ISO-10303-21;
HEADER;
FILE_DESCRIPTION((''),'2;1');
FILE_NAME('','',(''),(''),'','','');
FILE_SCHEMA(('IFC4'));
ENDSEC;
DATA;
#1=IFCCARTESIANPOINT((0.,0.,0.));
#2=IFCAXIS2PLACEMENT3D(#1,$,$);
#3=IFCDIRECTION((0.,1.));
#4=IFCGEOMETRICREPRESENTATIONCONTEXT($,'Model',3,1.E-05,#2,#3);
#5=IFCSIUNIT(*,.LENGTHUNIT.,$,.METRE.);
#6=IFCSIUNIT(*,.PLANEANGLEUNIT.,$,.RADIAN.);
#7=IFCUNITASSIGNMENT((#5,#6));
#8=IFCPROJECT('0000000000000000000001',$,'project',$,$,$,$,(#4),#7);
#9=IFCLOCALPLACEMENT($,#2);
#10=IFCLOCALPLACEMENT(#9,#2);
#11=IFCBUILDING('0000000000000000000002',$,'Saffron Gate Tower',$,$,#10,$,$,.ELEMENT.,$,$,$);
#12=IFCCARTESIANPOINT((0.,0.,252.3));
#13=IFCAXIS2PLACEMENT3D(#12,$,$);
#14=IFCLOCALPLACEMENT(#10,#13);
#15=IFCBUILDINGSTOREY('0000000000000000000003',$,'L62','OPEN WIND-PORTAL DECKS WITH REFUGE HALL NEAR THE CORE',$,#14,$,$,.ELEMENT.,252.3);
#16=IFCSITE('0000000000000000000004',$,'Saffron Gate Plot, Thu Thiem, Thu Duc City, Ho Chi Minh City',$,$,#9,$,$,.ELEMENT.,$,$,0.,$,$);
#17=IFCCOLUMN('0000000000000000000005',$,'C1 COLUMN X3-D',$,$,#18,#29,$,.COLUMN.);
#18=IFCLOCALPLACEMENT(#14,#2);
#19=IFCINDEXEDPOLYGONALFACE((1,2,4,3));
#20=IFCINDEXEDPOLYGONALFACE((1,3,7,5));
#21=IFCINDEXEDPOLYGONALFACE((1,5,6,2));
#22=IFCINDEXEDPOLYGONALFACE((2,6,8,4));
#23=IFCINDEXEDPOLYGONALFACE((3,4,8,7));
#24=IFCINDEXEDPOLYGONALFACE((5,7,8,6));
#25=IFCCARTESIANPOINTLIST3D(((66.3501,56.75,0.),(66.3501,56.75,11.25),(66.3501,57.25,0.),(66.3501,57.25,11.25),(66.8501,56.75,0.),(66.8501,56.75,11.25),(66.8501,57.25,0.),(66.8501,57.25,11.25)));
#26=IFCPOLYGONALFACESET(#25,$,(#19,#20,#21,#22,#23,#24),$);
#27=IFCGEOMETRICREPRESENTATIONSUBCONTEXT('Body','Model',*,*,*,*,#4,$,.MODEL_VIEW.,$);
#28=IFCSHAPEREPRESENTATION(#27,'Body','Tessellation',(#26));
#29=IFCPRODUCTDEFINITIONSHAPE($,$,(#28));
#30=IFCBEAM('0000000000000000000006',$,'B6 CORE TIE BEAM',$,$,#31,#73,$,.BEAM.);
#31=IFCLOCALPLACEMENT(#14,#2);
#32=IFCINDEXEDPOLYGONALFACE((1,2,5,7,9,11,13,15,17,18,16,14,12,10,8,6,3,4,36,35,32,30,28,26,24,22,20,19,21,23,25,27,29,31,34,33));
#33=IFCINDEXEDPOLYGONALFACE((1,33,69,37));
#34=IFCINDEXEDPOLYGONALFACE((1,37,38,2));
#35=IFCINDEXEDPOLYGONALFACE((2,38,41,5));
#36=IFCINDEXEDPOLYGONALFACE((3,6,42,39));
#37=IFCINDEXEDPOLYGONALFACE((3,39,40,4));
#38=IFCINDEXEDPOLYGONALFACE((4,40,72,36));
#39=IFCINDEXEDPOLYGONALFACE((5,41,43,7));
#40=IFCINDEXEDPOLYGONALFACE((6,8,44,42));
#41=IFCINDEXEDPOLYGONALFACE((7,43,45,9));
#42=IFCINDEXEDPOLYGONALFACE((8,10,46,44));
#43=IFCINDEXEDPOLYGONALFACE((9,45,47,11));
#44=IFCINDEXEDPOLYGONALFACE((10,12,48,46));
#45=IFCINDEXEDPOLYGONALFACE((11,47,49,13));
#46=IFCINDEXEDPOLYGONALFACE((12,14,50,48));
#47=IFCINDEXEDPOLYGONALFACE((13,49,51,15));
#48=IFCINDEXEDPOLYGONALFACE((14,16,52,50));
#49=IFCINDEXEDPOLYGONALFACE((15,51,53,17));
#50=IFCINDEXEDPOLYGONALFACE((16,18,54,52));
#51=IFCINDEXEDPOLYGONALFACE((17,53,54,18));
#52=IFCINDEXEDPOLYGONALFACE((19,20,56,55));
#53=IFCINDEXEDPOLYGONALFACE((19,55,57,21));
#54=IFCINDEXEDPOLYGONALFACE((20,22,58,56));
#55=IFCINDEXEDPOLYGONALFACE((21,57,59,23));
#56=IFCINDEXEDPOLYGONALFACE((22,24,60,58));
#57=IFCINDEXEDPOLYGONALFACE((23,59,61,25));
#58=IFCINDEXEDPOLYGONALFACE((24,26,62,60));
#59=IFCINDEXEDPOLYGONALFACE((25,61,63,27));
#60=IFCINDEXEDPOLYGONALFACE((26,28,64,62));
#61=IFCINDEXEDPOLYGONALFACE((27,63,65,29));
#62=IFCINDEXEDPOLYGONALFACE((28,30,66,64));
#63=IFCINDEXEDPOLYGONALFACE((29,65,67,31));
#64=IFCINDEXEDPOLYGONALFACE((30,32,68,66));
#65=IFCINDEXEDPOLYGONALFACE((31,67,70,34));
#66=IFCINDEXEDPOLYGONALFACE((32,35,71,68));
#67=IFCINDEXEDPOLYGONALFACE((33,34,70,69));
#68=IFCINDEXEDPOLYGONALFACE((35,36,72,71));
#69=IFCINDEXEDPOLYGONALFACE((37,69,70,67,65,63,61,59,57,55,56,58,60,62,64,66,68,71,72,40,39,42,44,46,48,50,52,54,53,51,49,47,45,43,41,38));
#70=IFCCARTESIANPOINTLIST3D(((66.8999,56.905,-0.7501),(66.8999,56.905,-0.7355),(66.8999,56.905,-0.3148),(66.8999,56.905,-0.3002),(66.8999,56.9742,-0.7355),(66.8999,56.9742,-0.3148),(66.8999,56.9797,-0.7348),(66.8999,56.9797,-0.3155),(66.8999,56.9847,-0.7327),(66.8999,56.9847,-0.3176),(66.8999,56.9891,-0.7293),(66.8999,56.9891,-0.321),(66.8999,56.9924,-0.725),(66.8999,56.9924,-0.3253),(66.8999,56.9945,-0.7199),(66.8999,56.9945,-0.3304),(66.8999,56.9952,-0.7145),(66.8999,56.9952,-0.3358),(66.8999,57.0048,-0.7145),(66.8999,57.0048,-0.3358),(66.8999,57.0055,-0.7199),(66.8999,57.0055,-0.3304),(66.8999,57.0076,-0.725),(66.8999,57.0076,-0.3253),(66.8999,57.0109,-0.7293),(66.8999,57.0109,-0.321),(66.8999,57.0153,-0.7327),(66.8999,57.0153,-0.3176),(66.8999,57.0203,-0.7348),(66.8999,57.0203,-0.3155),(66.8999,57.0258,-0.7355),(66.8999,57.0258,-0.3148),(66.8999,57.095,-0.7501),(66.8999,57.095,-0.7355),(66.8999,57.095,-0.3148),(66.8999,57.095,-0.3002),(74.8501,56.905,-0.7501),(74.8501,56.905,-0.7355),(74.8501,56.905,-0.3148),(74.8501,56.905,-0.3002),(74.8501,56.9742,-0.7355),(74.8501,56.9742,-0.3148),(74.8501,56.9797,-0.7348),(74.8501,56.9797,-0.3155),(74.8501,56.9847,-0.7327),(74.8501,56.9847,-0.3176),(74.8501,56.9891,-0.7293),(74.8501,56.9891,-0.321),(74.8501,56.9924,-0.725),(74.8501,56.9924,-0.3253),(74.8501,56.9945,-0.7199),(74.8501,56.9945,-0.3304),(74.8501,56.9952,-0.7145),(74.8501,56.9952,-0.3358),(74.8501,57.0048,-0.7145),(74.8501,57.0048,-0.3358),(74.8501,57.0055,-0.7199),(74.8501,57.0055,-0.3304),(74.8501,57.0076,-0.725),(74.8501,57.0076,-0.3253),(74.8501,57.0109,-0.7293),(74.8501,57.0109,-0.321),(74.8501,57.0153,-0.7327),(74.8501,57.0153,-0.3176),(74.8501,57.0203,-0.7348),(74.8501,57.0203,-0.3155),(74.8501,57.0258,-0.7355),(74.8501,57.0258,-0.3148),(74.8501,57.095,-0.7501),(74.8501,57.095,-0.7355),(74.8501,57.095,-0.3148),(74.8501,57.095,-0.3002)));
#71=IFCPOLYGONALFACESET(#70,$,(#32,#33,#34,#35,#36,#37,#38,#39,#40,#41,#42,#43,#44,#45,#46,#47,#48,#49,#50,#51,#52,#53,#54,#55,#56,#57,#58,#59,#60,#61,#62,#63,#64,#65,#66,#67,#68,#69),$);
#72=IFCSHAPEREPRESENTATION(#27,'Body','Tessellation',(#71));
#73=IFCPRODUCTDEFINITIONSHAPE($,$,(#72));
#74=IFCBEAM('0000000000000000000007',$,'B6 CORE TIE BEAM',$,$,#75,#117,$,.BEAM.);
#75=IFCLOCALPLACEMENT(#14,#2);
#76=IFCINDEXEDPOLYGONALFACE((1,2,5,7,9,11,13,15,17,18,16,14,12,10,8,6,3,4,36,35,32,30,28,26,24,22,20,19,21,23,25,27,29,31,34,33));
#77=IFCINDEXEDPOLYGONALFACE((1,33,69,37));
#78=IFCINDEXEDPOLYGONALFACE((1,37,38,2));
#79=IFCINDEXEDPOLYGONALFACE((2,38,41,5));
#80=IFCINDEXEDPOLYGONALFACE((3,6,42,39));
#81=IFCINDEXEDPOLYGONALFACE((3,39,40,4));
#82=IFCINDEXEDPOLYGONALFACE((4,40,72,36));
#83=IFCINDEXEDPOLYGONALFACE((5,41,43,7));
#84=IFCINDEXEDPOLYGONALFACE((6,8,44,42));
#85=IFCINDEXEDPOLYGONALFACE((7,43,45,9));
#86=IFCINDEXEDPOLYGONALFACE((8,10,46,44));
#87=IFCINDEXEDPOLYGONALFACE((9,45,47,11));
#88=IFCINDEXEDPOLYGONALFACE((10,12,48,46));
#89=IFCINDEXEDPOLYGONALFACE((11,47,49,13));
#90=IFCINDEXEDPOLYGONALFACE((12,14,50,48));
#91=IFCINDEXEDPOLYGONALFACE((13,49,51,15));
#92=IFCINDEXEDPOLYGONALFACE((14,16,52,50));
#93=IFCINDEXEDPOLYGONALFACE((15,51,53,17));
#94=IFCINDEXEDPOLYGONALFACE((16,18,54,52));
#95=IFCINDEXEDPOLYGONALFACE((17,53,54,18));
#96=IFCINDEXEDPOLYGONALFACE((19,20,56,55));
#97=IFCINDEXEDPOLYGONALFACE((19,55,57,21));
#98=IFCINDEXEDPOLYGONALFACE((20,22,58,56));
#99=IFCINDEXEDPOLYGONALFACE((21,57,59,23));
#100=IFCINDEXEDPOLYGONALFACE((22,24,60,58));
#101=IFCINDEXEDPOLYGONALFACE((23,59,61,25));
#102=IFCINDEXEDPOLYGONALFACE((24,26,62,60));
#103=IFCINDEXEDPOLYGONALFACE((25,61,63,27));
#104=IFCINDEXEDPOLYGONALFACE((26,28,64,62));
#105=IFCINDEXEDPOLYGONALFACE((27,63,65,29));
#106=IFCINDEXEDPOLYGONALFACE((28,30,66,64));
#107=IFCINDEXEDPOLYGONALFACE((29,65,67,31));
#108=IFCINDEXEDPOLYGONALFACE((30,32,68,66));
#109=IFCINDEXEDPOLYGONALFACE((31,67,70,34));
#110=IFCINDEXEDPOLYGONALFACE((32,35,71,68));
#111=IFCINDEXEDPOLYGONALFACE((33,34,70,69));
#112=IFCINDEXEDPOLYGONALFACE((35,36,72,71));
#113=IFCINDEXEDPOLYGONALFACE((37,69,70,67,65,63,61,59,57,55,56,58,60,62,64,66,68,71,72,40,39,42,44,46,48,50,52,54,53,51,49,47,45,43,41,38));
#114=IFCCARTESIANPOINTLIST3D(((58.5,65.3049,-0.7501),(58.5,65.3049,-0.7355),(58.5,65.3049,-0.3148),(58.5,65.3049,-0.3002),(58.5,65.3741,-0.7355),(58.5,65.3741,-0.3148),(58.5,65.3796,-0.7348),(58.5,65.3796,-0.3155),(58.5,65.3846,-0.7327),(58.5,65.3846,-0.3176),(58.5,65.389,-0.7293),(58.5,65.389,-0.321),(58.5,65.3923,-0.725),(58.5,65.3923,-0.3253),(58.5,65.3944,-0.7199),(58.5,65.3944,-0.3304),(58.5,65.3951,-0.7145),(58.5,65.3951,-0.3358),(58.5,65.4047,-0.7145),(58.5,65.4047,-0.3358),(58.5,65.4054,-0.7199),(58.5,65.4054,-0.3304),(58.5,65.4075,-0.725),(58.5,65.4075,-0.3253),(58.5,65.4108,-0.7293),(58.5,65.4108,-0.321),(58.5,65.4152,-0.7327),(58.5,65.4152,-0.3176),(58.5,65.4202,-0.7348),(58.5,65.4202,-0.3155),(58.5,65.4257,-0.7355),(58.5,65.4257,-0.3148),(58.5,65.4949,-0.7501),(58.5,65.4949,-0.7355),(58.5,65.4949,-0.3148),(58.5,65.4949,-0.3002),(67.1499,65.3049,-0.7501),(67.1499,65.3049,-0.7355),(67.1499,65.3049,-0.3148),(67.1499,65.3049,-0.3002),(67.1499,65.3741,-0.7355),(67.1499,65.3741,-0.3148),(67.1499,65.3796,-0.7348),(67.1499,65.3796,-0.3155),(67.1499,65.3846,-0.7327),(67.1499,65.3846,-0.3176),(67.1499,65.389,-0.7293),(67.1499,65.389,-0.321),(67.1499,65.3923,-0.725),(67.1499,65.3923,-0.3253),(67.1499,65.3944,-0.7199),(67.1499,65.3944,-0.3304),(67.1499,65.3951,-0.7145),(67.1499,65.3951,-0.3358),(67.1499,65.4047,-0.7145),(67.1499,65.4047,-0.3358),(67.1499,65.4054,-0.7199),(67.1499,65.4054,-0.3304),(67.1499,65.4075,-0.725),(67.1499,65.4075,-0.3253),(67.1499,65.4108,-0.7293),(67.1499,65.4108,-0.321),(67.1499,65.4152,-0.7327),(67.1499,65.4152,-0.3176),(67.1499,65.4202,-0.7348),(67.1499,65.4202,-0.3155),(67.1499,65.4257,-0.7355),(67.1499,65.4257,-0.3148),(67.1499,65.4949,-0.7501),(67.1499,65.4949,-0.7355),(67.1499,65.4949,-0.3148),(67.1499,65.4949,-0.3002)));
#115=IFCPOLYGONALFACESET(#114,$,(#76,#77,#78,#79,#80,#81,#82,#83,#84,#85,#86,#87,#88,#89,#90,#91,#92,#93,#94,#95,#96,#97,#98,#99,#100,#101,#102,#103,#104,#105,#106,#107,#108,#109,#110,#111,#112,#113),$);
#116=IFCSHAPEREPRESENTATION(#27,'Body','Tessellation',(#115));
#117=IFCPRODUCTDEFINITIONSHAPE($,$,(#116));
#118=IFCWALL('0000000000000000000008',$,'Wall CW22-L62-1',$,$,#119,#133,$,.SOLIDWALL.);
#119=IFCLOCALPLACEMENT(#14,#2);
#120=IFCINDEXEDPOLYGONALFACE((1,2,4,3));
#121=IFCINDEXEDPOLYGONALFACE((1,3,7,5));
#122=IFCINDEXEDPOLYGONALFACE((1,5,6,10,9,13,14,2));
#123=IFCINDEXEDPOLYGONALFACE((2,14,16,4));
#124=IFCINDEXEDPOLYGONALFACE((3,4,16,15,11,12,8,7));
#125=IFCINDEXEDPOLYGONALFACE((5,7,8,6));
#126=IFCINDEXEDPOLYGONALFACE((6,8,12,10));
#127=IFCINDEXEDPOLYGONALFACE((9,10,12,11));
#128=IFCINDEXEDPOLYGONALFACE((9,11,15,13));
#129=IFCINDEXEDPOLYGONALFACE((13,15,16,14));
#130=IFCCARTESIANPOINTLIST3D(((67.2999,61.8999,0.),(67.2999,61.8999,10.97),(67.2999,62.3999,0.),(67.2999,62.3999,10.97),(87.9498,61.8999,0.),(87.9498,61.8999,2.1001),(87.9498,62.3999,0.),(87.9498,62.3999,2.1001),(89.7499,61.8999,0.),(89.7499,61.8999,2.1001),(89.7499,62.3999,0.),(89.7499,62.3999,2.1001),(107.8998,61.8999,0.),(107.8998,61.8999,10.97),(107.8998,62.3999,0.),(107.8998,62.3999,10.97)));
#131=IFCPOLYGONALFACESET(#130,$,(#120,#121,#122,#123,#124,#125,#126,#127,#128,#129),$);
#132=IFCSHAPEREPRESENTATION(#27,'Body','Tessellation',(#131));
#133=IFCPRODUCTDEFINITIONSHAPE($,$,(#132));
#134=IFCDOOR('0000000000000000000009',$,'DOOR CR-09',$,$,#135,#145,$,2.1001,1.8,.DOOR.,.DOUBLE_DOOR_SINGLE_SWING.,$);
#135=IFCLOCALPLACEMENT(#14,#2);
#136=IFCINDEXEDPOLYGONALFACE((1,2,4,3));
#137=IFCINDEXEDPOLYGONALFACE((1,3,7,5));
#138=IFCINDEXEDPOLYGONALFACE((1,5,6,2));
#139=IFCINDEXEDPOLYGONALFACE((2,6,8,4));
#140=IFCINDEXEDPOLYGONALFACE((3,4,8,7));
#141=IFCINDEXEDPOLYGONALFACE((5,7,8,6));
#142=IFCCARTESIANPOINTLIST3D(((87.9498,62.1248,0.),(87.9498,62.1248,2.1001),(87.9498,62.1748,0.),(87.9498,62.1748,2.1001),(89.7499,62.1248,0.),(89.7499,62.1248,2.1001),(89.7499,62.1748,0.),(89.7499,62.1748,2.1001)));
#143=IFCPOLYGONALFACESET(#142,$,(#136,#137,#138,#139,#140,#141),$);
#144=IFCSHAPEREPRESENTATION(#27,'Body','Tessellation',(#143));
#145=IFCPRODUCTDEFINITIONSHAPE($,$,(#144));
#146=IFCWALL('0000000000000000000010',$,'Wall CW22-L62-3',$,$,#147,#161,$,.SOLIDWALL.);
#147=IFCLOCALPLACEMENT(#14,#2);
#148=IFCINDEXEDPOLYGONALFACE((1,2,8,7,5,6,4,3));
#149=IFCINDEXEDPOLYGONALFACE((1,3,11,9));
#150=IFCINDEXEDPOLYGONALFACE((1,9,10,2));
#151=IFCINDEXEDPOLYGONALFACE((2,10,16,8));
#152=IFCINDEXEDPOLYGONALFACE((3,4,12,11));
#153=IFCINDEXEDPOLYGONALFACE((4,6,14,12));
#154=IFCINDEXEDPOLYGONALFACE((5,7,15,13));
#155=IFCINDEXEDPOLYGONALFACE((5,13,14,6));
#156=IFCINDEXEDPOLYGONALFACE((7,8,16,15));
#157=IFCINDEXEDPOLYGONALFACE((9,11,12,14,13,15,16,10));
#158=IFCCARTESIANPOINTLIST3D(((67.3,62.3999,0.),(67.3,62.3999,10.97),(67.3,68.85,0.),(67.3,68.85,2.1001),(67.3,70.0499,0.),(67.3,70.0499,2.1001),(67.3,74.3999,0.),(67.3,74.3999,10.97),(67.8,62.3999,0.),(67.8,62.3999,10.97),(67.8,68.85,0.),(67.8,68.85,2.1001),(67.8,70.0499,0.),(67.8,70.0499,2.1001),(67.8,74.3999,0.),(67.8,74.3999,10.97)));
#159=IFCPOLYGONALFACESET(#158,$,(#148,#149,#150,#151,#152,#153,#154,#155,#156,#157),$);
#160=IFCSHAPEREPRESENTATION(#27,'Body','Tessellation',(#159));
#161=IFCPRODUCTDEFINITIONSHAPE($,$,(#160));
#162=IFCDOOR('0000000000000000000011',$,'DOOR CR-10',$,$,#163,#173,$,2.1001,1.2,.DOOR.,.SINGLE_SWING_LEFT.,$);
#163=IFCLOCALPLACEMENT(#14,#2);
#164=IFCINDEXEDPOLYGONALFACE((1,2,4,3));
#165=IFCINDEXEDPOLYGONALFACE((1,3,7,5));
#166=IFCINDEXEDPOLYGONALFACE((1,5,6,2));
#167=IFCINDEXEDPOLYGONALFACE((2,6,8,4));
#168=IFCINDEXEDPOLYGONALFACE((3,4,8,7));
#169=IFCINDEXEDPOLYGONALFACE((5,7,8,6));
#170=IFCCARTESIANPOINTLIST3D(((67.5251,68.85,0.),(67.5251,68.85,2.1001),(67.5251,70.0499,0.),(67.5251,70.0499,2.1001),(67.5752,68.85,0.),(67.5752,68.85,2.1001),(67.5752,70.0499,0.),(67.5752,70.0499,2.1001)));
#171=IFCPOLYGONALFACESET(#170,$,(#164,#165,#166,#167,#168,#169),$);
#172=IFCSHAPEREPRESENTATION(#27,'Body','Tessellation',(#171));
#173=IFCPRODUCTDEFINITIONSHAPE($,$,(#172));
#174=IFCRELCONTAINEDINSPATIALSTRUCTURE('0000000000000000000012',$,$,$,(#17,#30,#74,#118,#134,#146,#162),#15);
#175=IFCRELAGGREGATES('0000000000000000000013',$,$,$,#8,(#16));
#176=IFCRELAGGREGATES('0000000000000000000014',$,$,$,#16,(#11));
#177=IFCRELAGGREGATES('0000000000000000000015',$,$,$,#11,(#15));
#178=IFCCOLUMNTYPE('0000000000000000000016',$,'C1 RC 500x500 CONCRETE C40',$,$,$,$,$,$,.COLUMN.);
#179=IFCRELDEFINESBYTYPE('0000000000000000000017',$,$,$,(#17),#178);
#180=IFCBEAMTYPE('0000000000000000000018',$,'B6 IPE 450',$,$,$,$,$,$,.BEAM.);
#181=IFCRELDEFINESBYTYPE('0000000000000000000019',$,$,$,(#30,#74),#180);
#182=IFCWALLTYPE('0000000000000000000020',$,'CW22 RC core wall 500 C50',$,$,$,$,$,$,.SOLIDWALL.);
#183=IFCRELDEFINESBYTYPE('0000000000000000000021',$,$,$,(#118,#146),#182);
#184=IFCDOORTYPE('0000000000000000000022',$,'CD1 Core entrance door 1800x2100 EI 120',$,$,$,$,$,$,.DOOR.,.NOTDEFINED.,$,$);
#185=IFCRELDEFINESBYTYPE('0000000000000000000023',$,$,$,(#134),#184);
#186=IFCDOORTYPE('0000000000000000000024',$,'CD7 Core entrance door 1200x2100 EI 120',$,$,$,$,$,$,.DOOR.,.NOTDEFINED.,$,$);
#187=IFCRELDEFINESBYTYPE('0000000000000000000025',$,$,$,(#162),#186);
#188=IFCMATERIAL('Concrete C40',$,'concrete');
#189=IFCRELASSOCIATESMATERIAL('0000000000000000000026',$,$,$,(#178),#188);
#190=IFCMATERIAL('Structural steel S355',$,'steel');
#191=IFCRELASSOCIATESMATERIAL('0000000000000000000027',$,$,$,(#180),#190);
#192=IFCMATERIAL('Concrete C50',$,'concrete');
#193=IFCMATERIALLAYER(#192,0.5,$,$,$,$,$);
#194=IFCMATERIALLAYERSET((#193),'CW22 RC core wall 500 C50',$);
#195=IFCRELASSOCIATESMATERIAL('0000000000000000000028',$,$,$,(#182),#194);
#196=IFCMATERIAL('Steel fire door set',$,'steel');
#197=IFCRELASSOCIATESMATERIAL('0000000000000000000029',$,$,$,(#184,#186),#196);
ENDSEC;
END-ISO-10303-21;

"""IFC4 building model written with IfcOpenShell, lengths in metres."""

from ifc_helpers import new_model, si_unit, direction, frame, frame_2d, origin, origin_2d, place, context, subcontext, project, spatial, rectangle, i_section, extrude, material, layer, layer_set, material_profile, profile_set, type_object, element, fill, save


model = new_model("IFC4")

# Units and contexts
model_context = context("Model", 3, precision=1e-05, world=origin(), true_north=direction((0.0, 1.0)))
body_context = subcontext(model_context, "Body", "Model", "MODEL_VIEW")
ifc_project = project(units=[si_unit("LENGTHUNIT", "METRE"), si_unit("PLANEANGLEUNIT", "RADIAN")], contexts=[model_context])

# Site, building, storey
site_placement = place(None, origin())
site = spatial("IfcSite", under=ifc_project, at=site_placement, Name="Saffron Gate Plot, Thu Thiem, Thu Duc City, Ho Chi Minh City", CompositionType="ELEMENT", RefElevation=0.0)
building_placement = place(site_placement, origin())
building = spatial("IfcBuilding", under=site, at=building_placement, Name="Saffron Gate Tower", CompositionType="ELEMENT")
storey_placement = place(building_placement, frame((0.0, 0.0, 252.3)))
storey = spatial("IfcBuildingStorey", under=building, at=storey_placement, Name="L62", Description="OPEN WIND-PORTAL DECKS WITH REFUGE HALL NEAR THE CORE", CompositionType="ELEMENT", Elevation=252.3)

# Column
ifc_material_1 = material(Name="Concrete C40", Category="concrete")
ifc_material_profile_1 = material_profile(ifc_material_1, rectangle(XDim=0.5, YDim=0.5, at=origin_2d()))
ifc_profile_set_1 = profile_set([ifc_material_profile_1], Name="Concrete C40")
column_type = type_object("IfcColumnType", Name="C1 RC 500x500 CONCRETE C40", PredefinedType="COLUMN", material=ifc_profile_set_1)
column_placement = place(storey_placement, frame((66.6001, 57.0, 0.0), z_axis=(0.0, 0.0, 1.0), x_axis=(1.0, 0.0, 0.0)))
element("IfcColumn", 1, at=column_placement, inside=storey, type_object=column_type, Name="C1 COLUMN X3-D", PredefinedType="COLUMN", context=body_context, shape_type="SweptSolid", body=[
    extrude(rectangle(XDim=0.5, YDim=0.5, at=origin_2d()), origin(), (0.0, 0.0, 1.0), 11.25),
])

# Beams
ifc_material_2 = material(Name="Structural steel S355", Category="steel")
ifc_material_profile_2 = material_profile(ifc_material_2, i_section(OverallWidth=0.1899, OverallDepth=0.45, WebThickness=0.0095, FlangeThickness=0.0146, FilletRadius=0.021, at=origin_2d()))
ifc_profile_set_2 = profile_set([ifc_material_profile_2], Name="Structural steel S355")
beam_type = type_object("IfcBeamType", Name="B6 IPE 450", PredefinedType="BEAM", material=ifc_profile_set_2)
beam_1_placement = place(storey_placement, frame((66.8999, 57.0, -0.5251), z_axis=(1.0, 0.0, 0.0), x_axis=(0.0, 1.0, 0.0)))
element("IfcBeam", 2, at=beam_1_placement, inside=storey, type_object=beam_type, Name="B6 CORE TIE BEAM", PredefinedType="BEAM", context=body_context, shape_type="SweptSolid", body=[
    extrude(i_section(OverallWidth=0.1899, OverallDepth=0.45, WebThickness=0.0095, FlangeThickness=0.0146, FilletRadius=0.021, at=origin_2d()), origin(), (0.0, 0.0, 1.0), 7.9502),
])
beam_2_placement = place(storey_placement, frame((58.5, 65.3999, -0.5251), z_axis=(1.0, 0.0, 0.0), x_axis=(0.0, 1.0, 0.0)))
element("IfcBeam", 3, at=beam_2_placement, inside=storey, type_object=beam_type, Name="B6 CORE TIE BEAM", PredefinedType="BEAM", context=body_context, shape_type="SweptSolid", body=[
    extrude(i_section(OverallWidth=0.1899, OverallDepth=0.45, WebThickness=0.0095, FlangeThickness=0.0146, FilletRadius=0.021, at=origin_2d()), origin(), (0.0, 0.0, 1.0), 8.6499),
])

# Walls, openings, doors
ifc_material_3 = material(Name="Concrete C50", Category="concrete")
ifc_layer_1 = layer(ifc_material_3, 0.5)
ifc_layer_set_1 = layer_set([ifc_layer_1], Name="CW22 RC core wall 500 C50")
wall_type_1 = type_object("IfcWallType", Name="CW22 RC core wall 500 C50", PredefinedType="SOLIDWALL", material=ifc_layer_set_1)
wall_1_placement = place(storey_placement, frame((67.3, 62.1499, 0.0), z_axis=(0.0, 0.0, 1.0), x_axis=(1.0, 0.0, 0.0)))
wall_1 = element("IfcWall", 4, at=wall_1_placement, inside=storey, type_object=wall_type_1, Name="Wall CW22-L62-1", PredefinedType="SOLIDWALL", context=body_context, shape_type="SweptSolid", body=[
    extrude(rectangle(XDim=40.5999, YDim=0.5, at=frame_2d((20.2998, 0.0))), origin(), (0.0, 0.0, 1.0), 10.97),
])
opening_1_placement = place(wall_1_placement, frame((20.6499, 0.0, 0.0)))
opening_1 = element("IfcOpeningElement", 5, at=opening_1_placement, cuts=wall_1, PredefinedType="OPENING", context=body_context, shape_type="SweptSolid", body=[
    extrude(rectangle(XDim=1.8, YDim=2.1001, at=frame_2d((0.8999, 1.05))), frame((0.0, 0.26, 0.0), z_axis=(0.0, -1.0, 0.0), x_axis=(1.0, 0.0, 0.0)), (0.0, 0.0, 1.0), 0.52),
])
ifc_material_4 = material(Name="Steel fire door set", Category="steel")
door_type_1 = type_object("IfcDoorType", Name="CD1 Core entrance door 1800x2100 EI 120", OperationType="NOTDEFINED", PredefinedType="DOOR", material=ifc_material_4)
door_1_placement = place(opening_1_placement, origin())
door_1 = element("IfcDoor", 6, at=door_1_placement, inside=storey, type_object=door_type_1, Name="DOOR CR-09", OperationType="DOUBLE_DOOR_SINGLE_SWING", OverallHeight=2.1001, OverallWidth=1.8, PredefinedType="DOOR", context=body_context, shape_type="SweptSolid", body=[
    extrude(rectangle(XDim=1.8, YDim=2.1001, at=frame_2d((0.8999, 1.05))), frame((0.0, 0.0249, 0.0), z_axis=(0.0, -1.0, 0.0), x_axis=(1.0, 0.0, 0.0)), (0.0, 0.0, 1.0), 0.05),
])
fill(opening_1, door_1)
wall_2_placement = place(storey_placement, frame((67.55, 62.3999, 0.0), z_axis=(0.0, 0.0, 1.0), x_axis=(0.0, 1.0, 0.0)))
wall_2 = element("IfcWall", 7, at=wall_2_placement, inside=storey, type_object=wall_type_1, Name="Wall CW22-L62-3", PredefinedType="SOLIDWALL", context=body_context, shape_type="SweptSolid", body=[
    extrude(rectangle(XDim=12.0, YDim=0.5, at=frame_2d((6.0, 0.0))), origin(), (0.0, 0.0, 1.0), 10.97),
])
opening_2_placement = place(wall_2_placement, frame((6.45, 0.0, 0.0)))
opening_2 = element("IfcOpeningElement", 8, at=opening_2_placement, cuts=wall_2, PredefinedType="OPENING", context=body_context, shape_type="SweptSolid", body=[
    extrude(rectangle(XDim=1.2, YDim=2.1001, at=frame_2d((0.6001, 1.05))), frame((0.0, 0.26, 0.0), z_axis=(0.0, -1.0, 0.0), x_axis=(1.0, 0.0, 0.0)), (0.0, 0.0, 1.0), 0.52),
])
door_type_2 = type_object("IfcDoorType", Name="CD7 Core entrance door 1200x2100 EI 120", OperationType="NOTDEFINED", PredefinedType="DOOR", material=ifc_material_4)
door_2_placement = place(opening_2_placement, origin())
door_2 = element("IfcDoor", 9, at=door_2_placement, inside=storey, type_object=door_type_2, Name="DOOR CR-10", OperationType="SINGLE_SWING_LEFT", OverallHeight=2.1001, OverallWidth=1.2, PredefinedType="DOOR", context=body_context, shape_type="SweptSolid", body=[
    extrude(rectangle(XDim=1.2, YDim=2.1001, at=frame_2d((0.6001, 1.05))), frame((0.0, 0.0249, 0.0), z_axis=(0.0, -1.0, 0.0), x_axis=(1.0, 0.0, 0.0)), (0.0, 0.0, 1.0), 0.05),
])
fill(opening_2, door_2)

save(model, "model.ifc")
